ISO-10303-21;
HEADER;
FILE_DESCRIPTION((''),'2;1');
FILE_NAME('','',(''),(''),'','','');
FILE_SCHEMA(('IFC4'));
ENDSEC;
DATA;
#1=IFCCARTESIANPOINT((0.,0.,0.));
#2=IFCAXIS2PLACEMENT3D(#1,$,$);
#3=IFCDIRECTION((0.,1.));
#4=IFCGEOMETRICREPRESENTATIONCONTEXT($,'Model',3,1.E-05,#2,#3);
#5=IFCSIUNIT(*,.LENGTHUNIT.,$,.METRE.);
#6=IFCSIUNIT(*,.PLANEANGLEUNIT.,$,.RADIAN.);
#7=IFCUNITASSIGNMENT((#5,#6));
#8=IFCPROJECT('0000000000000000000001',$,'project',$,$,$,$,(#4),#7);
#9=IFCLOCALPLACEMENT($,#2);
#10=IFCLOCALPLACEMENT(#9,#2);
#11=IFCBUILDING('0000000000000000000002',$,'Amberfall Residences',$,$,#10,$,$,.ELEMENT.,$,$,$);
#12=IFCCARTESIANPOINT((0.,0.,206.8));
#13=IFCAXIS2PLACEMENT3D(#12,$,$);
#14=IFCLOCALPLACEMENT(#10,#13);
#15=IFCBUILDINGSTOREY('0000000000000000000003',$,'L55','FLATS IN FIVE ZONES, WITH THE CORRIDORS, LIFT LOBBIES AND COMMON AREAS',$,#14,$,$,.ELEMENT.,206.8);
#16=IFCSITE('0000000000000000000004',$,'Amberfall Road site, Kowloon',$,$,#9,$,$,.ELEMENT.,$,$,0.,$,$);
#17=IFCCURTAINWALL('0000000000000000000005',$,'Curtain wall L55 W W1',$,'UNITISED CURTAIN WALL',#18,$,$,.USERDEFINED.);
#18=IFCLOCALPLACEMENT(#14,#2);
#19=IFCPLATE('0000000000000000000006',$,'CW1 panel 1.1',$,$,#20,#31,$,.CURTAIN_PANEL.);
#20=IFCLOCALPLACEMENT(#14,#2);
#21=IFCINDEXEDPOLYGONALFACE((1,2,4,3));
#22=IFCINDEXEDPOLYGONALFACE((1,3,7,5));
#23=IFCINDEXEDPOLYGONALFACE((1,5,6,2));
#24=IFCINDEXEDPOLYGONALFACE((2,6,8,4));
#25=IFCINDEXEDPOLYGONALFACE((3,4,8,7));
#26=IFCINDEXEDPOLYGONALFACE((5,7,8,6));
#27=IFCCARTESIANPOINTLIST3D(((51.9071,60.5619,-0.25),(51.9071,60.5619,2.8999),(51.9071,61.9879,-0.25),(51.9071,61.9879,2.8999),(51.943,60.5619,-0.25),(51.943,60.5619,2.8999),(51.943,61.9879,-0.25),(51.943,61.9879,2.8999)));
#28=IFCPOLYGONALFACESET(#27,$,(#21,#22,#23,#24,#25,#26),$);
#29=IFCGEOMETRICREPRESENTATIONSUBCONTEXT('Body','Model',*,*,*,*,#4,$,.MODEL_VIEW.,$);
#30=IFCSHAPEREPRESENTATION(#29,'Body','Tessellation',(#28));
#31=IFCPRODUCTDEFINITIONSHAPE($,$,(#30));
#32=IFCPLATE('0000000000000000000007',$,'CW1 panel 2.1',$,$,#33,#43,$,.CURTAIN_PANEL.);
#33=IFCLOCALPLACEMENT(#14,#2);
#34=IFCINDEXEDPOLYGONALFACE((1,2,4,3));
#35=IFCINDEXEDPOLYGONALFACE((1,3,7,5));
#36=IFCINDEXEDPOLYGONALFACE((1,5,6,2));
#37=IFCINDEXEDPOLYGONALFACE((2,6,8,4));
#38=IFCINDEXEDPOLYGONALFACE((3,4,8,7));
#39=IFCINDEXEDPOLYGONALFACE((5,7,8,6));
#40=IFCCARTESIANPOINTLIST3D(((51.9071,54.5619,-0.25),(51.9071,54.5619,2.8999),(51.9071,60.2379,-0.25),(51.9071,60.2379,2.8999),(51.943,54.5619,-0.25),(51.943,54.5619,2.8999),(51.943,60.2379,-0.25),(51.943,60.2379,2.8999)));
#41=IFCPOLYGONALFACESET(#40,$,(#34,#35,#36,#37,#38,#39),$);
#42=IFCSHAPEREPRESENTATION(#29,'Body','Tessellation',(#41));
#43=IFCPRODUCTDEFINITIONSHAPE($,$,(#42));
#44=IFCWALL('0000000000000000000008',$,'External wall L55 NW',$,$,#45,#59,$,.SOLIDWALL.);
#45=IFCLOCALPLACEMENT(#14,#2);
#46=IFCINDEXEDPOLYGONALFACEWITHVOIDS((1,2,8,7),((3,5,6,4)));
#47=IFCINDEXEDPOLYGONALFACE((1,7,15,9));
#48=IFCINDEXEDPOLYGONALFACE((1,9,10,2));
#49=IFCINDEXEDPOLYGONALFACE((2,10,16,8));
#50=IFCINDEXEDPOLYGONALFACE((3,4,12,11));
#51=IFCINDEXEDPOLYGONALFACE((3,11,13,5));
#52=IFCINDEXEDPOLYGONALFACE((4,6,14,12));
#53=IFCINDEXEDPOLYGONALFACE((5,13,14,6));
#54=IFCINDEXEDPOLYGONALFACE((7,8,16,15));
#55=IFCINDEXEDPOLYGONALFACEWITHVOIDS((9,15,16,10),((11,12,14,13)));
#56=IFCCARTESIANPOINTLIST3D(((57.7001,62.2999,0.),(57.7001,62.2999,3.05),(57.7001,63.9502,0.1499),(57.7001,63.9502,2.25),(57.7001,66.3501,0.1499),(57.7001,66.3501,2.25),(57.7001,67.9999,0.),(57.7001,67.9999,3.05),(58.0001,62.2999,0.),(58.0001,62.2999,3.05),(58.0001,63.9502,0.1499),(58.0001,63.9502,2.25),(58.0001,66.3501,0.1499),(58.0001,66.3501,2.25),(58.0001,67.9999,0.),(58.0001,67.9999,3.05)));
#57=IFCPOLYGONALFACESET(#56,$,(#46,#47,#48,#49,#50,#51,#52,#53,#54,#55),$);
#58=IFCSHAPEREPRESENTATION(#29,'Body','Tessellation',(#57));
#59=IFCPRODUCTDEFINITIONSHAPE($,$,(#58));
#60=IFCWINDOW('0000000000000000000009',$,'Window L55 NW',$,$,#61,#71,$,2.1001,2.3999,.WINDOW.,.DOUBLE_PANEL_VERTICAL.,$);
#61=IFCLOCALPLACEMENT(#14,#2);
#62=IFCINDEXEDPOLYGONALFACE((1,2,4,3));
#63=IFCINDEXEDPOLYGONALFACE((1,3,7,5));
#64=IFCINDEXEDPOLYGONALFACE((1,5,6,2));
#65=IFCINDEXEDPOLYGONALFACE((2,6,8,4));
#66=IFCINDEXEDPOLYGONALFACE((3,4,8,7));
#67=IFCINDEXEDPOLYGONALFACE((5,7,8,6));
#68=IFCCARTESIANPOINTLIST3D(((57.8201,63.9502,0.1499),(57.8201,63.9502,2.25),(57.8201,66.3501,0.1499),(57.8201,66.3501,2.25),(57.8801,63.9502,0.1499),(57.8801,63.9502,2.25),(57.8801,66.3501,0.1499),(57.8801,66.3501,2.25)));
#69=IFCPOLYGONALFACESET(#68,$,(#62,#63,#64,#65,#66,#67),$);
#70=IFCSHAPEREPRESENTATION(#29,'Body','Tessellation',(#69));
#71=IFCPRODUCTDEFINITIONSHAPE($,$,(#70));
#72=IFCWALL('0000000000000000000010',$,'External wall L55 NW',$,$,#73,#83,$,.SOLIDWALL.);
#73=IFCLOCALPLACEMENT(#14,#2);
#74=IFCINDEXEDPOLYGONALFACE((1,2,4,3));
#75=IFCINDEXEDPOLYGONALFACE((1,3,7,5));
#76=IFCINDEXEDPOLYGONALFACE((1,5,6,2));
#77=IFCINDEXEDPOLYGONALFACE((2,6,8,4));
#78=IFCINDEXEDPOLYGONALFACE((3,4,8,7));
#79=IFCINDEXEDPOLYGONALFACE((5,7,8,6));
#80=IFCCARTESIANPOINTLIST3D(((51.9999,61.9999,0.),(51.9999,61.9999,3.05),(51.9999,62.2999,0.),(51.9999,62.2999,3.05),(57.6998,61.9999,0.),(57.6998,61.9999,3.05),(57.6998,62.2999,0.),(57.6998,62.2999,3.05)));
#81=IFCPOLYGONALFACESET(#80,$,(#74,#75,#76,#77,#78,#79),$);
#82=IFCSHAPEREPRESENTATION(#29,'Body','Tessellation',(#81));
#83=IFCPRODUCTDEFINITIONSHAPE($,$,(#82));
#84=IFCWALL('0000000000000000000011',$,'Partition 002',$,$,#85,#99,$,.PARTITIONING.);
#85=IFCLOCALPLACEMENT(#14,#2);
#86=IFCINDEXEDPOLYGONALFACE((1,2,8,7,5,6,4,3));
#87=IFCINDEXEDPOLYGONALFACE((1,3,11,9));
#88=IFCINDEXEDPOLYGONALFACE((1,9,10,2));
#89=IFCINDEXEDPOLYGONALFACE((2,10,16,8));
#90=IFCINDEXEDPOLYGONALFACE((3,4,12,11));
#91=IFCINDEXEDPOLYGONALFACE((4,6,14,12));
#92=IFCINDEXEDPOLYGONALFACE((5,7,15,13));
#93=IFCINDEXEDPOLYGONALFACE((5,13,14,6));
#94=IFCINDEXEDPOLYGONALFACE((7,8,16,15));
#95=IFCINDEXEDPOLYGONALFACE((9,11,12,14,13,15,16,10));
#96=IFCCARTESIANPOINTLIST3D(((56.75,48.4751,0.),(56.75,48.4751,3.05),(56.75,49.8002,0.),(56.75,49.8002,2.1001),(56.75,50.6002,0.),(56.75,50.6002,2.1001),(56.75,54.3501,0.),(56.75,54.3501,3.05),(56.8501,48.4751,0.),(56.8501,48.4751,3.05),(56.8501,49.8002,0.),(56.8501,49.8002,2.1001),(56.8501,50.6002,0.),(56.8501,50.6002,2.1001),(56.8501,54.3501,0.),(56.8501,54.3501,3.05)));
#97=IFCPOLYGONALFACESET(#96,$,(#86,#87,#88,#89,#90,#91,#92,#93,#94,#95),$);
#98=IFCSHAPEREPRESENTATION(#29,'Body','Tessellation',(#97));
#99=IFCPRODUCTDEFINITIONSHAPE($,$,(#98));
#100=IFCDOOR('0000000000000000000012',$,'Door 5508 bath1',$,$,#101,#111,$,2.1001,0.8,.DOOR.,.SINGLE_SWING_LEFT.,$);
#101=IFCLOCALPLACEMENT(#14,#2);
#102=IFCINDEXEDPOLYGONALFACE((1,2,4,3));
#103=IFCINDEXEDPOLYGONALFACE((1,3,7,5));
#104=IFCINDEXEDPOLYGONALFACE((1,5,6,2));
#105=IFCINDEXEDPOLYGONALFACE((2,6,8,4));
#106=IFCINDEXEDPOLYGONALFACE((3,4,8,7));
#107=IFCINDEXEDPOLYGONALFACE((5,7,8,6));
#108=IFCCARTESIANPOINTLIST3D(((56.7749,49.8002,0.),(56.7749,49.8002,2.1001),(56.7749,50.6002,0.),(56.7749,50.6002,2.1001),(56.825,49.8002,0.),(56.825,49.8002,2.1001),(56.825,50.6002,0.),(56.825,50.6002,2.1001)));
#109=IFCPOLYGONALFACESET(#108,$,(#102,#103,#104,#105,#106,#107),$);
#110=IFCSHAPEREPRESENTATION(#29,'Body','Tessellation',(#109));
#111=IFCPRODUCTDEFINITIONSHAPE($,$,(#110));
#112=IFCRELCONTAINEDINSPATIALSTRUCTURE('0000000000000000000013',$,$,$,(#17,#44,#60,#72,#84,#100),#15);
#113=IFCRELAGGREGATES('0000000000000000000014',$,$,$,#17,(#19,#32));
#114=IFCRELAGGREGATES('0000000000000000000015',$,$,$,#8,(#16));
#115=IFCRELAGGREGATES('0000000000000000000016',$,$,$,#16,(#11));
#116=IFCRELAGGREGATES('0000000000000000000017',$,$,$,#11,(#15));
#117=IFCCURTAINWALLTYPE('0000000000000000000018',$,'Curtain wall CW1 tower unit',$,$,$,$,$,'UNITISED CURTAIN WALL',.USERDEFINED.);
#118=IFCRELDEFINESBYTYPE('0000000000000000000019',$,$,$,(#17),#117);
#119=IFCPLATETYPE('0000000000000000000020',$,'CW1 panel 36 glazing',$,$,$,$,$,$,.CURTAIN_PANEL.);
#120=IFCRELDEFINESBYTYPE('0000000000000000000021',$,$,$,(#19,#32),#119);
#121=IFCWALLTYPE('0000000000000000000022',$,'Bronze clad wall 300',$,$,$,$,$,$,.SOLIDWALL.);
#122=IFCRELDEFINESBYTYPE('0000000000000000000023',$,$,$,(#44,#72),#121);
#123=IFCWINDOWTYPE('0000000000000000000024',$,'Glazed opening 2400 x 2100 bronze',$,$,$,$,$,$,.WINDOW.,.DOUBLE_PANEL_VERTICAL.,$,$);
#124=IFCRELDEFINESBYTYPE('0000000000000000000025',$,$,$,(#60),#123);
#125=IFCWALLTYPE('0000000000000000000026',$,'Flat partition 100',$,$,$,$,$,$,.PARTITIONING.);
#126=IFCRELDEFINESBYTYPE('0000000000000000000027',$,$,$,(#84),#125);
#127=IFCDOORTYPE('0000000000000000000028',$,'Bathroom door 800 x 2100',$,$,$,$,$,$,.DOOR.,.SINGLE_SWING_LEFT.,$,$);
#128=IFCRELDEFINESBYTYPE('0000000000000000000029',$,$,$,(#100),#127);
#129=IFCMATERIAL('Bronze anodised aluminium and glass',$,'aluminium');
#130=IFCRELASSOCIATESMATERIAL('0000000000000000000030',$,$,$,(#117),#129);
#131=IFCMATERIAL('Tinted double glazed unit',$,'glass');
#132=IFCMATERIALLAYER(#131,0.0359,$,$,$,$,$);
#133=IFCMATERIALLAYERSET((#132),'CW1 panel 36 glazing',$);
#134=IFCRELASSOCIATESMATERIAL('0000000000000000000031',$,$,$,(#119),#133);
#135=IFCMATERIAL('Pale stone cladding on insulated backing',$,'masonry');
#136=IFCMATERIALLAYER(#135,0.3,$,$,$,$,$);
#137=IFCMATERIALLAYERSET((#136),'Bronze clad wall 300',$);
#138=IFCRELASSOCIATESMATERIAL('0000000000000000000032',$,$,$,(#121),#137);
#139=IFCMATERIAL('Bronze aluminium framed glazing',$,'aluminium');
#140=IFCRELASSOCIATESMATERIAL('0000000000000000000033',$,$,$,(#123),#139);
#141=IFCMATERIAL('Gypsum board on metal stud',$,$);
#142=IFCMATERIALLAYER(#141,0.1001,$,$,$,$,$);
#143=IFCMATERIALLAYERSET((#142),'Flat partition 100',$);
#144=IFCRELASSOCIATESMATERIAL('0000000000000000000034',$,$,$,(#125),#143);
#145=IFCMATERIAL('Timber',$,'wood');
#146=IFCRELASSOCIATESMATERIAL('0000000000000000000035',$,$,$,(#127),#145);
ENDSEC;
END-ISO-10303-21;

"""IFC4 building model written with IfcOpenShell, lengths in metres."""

from ifc_helpers import new_model, si_unit, direction, frame, frame_2d, origin, origin_2d, place, context, subcontext, project, spatial, rectangle, extrude, material, layer, layer_set, type_object, element, fill, aggregate, save


model = new_model("IFC4")

# Units and contexts
model_context = context("Model", 3, precision=1e-05, world=origin(), true_north=direction((0.0, 1.0)))
body_context = subcontext(model_context, "Body", "Model", "MODEL_VIEW")
ifc_project = project(units=[si_unit("LENGTHUNIT", "METRE"), si_unit("PLANEANGLEUNIT", "RADIAN")], contexts=[model_context])

# Site, building, storey
site_placement = place(None, origin())
site = spatial("IfcSite", under=ifc_project, at=site_placement, Name="Amberfall Road site, Kowloon", CompositionType="ELEMENT", RefElevation=0.0)
building_placement = place(site_placement, origin())
building = spatial("IfcBuilding", under=site, at=building_placement, Name="Amberfall Residences", CompositionType="ELEMENT")
storey_placement = place(building_placement, frame((0.0, 0.0, 206.8)))
storey = spatial("IfcBuildingStorey", under=building, at=storey_placement, Name="L55", Description="FLATS IN FIVE ZONES, WITH THE CORRIDORS, LIFT LOBBIES AND COMMON AREAS", CompositionType="ELEMENT", Elevation=206.8)

# Curtain wall
ifc_material_1 = material(Name="Bronze anodised aluminium and glass", Category="aluminium")
curtain_wall_type = type_object("IfcCurtainWallType", Name="Curtain wall CW1 tower unit", ElementType="UNITISED CURTAIN WALL", PredefinedType="USERDEFINED", material=ifc_material_1)
curtain_wall_1_placement = place(storey_placement, origin())
curtain_wall_1 = element("IfcCurtainWall", 1, at=curtain_wall_1_placement, inside=storey, type_object=curtain_wall_type, Name="Curtain wall L55 W W1", ObjectType="UNITISED CURTAIN WALL", PredefinedType="USERDEFINED")

# Plates
ifc_material_2 = material(Name="Tinted double glazed unit", Category="glass")
ifc_layer_1 = layer(ifc_material_2, 0.0359)
ifc_layer_set_1 = layer_set([ifc_layer_1], Name="CW1 panel 36 glazing")
plate_type = type_object("IfcPlateType", Name="CW1 panel 36 glazing", PredefinedType="CURTAIN_PANEL", material=ifc_layer_set_1)
plate_1_placement = place(storey_placement, frame((51.925, 61.2749, -0.25), z_axis=(0.0, 0.0, 1.0), x_axis=(0.0, -1.0, 0.0)))
plate_1 = element("IfcPlate", 2, at=plate_1_placement, type_object=plate_type, Name="CW1 panel 1.1", PredefinedType="CURTAIN_PANEL", context=body_context, shape_type="SweptSolid", body=[
    extrude(rectangle(XDim=1.426, YDim=0.0359, at=origin_2d()), origin(), (0.0, 0.0, 1.0), 3.1499),
])
plate_2_placement = place(storey_placement, frame((51.925, 57.3999, -0.25), z_axis=(0.0, 0.0, 1.0), x_axis=(0.0, -1.0, 0.0)))
plate_2 = element("IfcPlate", 3, at=plate_2_placement, type_object=plate_type, Name="CW1 panel 2.1", PredefinedType="CURTAIN_PANEL", context=body_context, shape_type="SweptSolid", body=[
    extrude(rectangle(XDim=5.676, YDim=0.0359, at=origin_2d()), origin(), (0.0, 0.0, 1.0), 3.1499),
])
aggregate(curtain_wall_1, [plate_1, plate_2])

# Wall, opening, window
ifc_material_3 = material(Name="Pale stone cladding on insulated backing", Category="masonry")
ifc_layer_2 = layer(ifc_material_3, 0.3)
ifc_layer_set_2 = layer_set([ifc_layer_2], Name="Bronze clad wall 300")
wall_type_1 = type_object("IfcWallType", Name="Bronze clad wall 300", PredefinedType="SOLIDWALL", material=ifc_layer_set_2)
wall_1_placement = place(storey_placement, frame((57.8501, 68.0, 0.0), z_axis=(0.0, 0.0, 1.0), x_axis=(0.0, -1.0, 0.0)))
wall_1 = element("IfcWall", 4, at=wall_1_placement, inside=storey, type_object=wall_type_1, Name="External wall L55 NW", PredefinedType="SOLIDWALL", context=body_context, shape_type="SweptSolid", body=[
    extrude(rectangle(XDim=5.7, YDim=0.3, at=frame_2d((2.8501, 0.0))), origin(), (0.0, 0.0, 1.0), 3.05),
])
opening_1_placement = place(wall_1_placement, frame((1.6499, 0.0, 0.1499)))
opening_1 = element("IfcOpeningElement", 5, at=opening_1_placement, cuts=wall_1, PredefinedType="OPENING", context=body_context, shape_type="SweptSolid", body=[
    extrude(rectangle(XDim=2.3999, YDim=2.1001, at=frame_2d((1.2, 1.05))), frame((0.0, 0.1599, 0.0), z_axis=(0.0, -1.0, 0.0), x_axis=(1.0, 0.0, 0.0)), (0.0, 0.0, 1.0), 0.3201),
])
ifc_material_4 = material(Name="Bronze aluminium framed glazing", Category="aluminium")
window_type = type_object("IfcWindowType", Name="Glazed opening 2400 x 2100 bronze", PartitioningType="DOUBLE_PANEL_VERTICAL", PredefinedType="WINDOW", material=ifc_material_4)
window_placement = place(opening_1_placement, origin())
window = element("IfcWindow", 6, at=window_placement, inside=storey, type_object=window_type, Name="Window L55 NW", OverallHeight=2.1001, OverallWidth=2.3999, PartitioningType="DOUBLE_PANEL_VERTICAL", PredefinedType="WINDOW", context=body_context, shape_type="SweptSolid", body=[
    extrude(rectangle(XDim=2.3999, YDim=2.1001, at=frame_2d((1.2, 1.05))), frame((0.0, 0.03, 0.0), z_axis=(0.0, -1.0, 0.0), x_axis=(1.0, 0.0, 0.0)), (0.0, 0.0, 1.0), 0.0601),
])
fill(opening_1, window)

# Wall
wall_2_placement = place(storey_placement, frame((57.7, 62.1499, 0.0), z_axis=(0.0, 0.0, 1.0), x_axis=(-1.0, 0.0, 0.0)))
element("IfcWall", 7, at=wall_2_placement, inside=storey, type_object=wall_type_1, Name="External wall L55 NW", PredefinedType="SOLIDWALL", context=body_context, shape_type="SweptSolid", body=[
    extrude(rectangle(XDim=5.7, YDim=0.3, at=frame_2d((2.8501, 0.0))), origin(), (0.0, 0.0, 1.0), 3.05),
])

# Wall, opening, door
ifc_material_5 = material(Name="Gypsum board on metal stud")
ifc_layer_3 = layer(ifc_material_5, 0.1001)
ifc_layer_set_3 = layer_set([ifc_layer_3], Name="Flat partition 100")
wall_type_2 = type_object("IfcWallType", Name="Flat partition 100", PredefinedType="PARTITIONING", material=ifc_layer_set_3)
wall_3_placement = place(storey_placement, frame((56.8, 54.3501, 0.0), z_axis=(0.0, 0.0, 1.0), x_axis=(0.0, -1.0, 0.0)))
wall_3 = element("IfcWall", 8, at=wall_3_placement, inside=storey, type_object=wall_type_2, Name="Partition 002", PredefinedType="PARTITIONING", context=body_context, shape_type="SweptSolid", body=[
    extrude(rectangle(XDim=5.875, YDim=0.1001, at=frame_2d((2.9375, 0.0))), origin(), (0.0, 0.0, 1.0), 3.05),
])
opening_2_placement = place(wall_3_placement, frame((3.75, 0.0, 0.0)))
opening_2 = element("IfcOpeningElement", 9, at=opening_2_placement, cuts=wall_3, PredefinedType="OPENING", context=body_context, shape_type="SweptSolid", body=[
    extrude(rectangle(XDim=0.8, YDim=2.1001, at=frame_2d((0.3999, 1.05))), frame((0.0, 0.0601, 0.0), z_axis=(0.0, -1.0, 0.0), x_axis=(1.0, 0.0, 0.0)), (0.0, 0.0, 1.0), 0.1201),
])
ifc_material_6 = material(Name="Timber", Category="wood")
door_type = type_object("IfcDoorType", Name="Bathroom door 800 x 2100", OperationType="SINGLE_SWING_LEFT", PredefinedType="DOOR", material=ifc_material_6)
door_placement = place(opening_2_placement, origin())
door = element("IfcDoor", 10, at=door_placement, inside=storey, type_object=door_type, Name="Door 5508 bath1", OperationType="SINGLE_SWING_LEFT", OverallHeight=2.1001, OverallWidth=0.8, PredefinedType="DOOR", context=body_context, shape_type="SweptSolid", body=[
    extrude(rectangle(XDim=0.8, YDim=2.1001, at=frame_2d((0.3999, 1.05))), frame((0.0, 0.0249, 0.0), z_axis=(0.0, -1.0, 0.0), x_axis=(1.0, 0.0, 0.0)), (0.0, 0.0, 1.0), 0.05),
])
fill(opening_2, door)

save(model, "model.ifc")
